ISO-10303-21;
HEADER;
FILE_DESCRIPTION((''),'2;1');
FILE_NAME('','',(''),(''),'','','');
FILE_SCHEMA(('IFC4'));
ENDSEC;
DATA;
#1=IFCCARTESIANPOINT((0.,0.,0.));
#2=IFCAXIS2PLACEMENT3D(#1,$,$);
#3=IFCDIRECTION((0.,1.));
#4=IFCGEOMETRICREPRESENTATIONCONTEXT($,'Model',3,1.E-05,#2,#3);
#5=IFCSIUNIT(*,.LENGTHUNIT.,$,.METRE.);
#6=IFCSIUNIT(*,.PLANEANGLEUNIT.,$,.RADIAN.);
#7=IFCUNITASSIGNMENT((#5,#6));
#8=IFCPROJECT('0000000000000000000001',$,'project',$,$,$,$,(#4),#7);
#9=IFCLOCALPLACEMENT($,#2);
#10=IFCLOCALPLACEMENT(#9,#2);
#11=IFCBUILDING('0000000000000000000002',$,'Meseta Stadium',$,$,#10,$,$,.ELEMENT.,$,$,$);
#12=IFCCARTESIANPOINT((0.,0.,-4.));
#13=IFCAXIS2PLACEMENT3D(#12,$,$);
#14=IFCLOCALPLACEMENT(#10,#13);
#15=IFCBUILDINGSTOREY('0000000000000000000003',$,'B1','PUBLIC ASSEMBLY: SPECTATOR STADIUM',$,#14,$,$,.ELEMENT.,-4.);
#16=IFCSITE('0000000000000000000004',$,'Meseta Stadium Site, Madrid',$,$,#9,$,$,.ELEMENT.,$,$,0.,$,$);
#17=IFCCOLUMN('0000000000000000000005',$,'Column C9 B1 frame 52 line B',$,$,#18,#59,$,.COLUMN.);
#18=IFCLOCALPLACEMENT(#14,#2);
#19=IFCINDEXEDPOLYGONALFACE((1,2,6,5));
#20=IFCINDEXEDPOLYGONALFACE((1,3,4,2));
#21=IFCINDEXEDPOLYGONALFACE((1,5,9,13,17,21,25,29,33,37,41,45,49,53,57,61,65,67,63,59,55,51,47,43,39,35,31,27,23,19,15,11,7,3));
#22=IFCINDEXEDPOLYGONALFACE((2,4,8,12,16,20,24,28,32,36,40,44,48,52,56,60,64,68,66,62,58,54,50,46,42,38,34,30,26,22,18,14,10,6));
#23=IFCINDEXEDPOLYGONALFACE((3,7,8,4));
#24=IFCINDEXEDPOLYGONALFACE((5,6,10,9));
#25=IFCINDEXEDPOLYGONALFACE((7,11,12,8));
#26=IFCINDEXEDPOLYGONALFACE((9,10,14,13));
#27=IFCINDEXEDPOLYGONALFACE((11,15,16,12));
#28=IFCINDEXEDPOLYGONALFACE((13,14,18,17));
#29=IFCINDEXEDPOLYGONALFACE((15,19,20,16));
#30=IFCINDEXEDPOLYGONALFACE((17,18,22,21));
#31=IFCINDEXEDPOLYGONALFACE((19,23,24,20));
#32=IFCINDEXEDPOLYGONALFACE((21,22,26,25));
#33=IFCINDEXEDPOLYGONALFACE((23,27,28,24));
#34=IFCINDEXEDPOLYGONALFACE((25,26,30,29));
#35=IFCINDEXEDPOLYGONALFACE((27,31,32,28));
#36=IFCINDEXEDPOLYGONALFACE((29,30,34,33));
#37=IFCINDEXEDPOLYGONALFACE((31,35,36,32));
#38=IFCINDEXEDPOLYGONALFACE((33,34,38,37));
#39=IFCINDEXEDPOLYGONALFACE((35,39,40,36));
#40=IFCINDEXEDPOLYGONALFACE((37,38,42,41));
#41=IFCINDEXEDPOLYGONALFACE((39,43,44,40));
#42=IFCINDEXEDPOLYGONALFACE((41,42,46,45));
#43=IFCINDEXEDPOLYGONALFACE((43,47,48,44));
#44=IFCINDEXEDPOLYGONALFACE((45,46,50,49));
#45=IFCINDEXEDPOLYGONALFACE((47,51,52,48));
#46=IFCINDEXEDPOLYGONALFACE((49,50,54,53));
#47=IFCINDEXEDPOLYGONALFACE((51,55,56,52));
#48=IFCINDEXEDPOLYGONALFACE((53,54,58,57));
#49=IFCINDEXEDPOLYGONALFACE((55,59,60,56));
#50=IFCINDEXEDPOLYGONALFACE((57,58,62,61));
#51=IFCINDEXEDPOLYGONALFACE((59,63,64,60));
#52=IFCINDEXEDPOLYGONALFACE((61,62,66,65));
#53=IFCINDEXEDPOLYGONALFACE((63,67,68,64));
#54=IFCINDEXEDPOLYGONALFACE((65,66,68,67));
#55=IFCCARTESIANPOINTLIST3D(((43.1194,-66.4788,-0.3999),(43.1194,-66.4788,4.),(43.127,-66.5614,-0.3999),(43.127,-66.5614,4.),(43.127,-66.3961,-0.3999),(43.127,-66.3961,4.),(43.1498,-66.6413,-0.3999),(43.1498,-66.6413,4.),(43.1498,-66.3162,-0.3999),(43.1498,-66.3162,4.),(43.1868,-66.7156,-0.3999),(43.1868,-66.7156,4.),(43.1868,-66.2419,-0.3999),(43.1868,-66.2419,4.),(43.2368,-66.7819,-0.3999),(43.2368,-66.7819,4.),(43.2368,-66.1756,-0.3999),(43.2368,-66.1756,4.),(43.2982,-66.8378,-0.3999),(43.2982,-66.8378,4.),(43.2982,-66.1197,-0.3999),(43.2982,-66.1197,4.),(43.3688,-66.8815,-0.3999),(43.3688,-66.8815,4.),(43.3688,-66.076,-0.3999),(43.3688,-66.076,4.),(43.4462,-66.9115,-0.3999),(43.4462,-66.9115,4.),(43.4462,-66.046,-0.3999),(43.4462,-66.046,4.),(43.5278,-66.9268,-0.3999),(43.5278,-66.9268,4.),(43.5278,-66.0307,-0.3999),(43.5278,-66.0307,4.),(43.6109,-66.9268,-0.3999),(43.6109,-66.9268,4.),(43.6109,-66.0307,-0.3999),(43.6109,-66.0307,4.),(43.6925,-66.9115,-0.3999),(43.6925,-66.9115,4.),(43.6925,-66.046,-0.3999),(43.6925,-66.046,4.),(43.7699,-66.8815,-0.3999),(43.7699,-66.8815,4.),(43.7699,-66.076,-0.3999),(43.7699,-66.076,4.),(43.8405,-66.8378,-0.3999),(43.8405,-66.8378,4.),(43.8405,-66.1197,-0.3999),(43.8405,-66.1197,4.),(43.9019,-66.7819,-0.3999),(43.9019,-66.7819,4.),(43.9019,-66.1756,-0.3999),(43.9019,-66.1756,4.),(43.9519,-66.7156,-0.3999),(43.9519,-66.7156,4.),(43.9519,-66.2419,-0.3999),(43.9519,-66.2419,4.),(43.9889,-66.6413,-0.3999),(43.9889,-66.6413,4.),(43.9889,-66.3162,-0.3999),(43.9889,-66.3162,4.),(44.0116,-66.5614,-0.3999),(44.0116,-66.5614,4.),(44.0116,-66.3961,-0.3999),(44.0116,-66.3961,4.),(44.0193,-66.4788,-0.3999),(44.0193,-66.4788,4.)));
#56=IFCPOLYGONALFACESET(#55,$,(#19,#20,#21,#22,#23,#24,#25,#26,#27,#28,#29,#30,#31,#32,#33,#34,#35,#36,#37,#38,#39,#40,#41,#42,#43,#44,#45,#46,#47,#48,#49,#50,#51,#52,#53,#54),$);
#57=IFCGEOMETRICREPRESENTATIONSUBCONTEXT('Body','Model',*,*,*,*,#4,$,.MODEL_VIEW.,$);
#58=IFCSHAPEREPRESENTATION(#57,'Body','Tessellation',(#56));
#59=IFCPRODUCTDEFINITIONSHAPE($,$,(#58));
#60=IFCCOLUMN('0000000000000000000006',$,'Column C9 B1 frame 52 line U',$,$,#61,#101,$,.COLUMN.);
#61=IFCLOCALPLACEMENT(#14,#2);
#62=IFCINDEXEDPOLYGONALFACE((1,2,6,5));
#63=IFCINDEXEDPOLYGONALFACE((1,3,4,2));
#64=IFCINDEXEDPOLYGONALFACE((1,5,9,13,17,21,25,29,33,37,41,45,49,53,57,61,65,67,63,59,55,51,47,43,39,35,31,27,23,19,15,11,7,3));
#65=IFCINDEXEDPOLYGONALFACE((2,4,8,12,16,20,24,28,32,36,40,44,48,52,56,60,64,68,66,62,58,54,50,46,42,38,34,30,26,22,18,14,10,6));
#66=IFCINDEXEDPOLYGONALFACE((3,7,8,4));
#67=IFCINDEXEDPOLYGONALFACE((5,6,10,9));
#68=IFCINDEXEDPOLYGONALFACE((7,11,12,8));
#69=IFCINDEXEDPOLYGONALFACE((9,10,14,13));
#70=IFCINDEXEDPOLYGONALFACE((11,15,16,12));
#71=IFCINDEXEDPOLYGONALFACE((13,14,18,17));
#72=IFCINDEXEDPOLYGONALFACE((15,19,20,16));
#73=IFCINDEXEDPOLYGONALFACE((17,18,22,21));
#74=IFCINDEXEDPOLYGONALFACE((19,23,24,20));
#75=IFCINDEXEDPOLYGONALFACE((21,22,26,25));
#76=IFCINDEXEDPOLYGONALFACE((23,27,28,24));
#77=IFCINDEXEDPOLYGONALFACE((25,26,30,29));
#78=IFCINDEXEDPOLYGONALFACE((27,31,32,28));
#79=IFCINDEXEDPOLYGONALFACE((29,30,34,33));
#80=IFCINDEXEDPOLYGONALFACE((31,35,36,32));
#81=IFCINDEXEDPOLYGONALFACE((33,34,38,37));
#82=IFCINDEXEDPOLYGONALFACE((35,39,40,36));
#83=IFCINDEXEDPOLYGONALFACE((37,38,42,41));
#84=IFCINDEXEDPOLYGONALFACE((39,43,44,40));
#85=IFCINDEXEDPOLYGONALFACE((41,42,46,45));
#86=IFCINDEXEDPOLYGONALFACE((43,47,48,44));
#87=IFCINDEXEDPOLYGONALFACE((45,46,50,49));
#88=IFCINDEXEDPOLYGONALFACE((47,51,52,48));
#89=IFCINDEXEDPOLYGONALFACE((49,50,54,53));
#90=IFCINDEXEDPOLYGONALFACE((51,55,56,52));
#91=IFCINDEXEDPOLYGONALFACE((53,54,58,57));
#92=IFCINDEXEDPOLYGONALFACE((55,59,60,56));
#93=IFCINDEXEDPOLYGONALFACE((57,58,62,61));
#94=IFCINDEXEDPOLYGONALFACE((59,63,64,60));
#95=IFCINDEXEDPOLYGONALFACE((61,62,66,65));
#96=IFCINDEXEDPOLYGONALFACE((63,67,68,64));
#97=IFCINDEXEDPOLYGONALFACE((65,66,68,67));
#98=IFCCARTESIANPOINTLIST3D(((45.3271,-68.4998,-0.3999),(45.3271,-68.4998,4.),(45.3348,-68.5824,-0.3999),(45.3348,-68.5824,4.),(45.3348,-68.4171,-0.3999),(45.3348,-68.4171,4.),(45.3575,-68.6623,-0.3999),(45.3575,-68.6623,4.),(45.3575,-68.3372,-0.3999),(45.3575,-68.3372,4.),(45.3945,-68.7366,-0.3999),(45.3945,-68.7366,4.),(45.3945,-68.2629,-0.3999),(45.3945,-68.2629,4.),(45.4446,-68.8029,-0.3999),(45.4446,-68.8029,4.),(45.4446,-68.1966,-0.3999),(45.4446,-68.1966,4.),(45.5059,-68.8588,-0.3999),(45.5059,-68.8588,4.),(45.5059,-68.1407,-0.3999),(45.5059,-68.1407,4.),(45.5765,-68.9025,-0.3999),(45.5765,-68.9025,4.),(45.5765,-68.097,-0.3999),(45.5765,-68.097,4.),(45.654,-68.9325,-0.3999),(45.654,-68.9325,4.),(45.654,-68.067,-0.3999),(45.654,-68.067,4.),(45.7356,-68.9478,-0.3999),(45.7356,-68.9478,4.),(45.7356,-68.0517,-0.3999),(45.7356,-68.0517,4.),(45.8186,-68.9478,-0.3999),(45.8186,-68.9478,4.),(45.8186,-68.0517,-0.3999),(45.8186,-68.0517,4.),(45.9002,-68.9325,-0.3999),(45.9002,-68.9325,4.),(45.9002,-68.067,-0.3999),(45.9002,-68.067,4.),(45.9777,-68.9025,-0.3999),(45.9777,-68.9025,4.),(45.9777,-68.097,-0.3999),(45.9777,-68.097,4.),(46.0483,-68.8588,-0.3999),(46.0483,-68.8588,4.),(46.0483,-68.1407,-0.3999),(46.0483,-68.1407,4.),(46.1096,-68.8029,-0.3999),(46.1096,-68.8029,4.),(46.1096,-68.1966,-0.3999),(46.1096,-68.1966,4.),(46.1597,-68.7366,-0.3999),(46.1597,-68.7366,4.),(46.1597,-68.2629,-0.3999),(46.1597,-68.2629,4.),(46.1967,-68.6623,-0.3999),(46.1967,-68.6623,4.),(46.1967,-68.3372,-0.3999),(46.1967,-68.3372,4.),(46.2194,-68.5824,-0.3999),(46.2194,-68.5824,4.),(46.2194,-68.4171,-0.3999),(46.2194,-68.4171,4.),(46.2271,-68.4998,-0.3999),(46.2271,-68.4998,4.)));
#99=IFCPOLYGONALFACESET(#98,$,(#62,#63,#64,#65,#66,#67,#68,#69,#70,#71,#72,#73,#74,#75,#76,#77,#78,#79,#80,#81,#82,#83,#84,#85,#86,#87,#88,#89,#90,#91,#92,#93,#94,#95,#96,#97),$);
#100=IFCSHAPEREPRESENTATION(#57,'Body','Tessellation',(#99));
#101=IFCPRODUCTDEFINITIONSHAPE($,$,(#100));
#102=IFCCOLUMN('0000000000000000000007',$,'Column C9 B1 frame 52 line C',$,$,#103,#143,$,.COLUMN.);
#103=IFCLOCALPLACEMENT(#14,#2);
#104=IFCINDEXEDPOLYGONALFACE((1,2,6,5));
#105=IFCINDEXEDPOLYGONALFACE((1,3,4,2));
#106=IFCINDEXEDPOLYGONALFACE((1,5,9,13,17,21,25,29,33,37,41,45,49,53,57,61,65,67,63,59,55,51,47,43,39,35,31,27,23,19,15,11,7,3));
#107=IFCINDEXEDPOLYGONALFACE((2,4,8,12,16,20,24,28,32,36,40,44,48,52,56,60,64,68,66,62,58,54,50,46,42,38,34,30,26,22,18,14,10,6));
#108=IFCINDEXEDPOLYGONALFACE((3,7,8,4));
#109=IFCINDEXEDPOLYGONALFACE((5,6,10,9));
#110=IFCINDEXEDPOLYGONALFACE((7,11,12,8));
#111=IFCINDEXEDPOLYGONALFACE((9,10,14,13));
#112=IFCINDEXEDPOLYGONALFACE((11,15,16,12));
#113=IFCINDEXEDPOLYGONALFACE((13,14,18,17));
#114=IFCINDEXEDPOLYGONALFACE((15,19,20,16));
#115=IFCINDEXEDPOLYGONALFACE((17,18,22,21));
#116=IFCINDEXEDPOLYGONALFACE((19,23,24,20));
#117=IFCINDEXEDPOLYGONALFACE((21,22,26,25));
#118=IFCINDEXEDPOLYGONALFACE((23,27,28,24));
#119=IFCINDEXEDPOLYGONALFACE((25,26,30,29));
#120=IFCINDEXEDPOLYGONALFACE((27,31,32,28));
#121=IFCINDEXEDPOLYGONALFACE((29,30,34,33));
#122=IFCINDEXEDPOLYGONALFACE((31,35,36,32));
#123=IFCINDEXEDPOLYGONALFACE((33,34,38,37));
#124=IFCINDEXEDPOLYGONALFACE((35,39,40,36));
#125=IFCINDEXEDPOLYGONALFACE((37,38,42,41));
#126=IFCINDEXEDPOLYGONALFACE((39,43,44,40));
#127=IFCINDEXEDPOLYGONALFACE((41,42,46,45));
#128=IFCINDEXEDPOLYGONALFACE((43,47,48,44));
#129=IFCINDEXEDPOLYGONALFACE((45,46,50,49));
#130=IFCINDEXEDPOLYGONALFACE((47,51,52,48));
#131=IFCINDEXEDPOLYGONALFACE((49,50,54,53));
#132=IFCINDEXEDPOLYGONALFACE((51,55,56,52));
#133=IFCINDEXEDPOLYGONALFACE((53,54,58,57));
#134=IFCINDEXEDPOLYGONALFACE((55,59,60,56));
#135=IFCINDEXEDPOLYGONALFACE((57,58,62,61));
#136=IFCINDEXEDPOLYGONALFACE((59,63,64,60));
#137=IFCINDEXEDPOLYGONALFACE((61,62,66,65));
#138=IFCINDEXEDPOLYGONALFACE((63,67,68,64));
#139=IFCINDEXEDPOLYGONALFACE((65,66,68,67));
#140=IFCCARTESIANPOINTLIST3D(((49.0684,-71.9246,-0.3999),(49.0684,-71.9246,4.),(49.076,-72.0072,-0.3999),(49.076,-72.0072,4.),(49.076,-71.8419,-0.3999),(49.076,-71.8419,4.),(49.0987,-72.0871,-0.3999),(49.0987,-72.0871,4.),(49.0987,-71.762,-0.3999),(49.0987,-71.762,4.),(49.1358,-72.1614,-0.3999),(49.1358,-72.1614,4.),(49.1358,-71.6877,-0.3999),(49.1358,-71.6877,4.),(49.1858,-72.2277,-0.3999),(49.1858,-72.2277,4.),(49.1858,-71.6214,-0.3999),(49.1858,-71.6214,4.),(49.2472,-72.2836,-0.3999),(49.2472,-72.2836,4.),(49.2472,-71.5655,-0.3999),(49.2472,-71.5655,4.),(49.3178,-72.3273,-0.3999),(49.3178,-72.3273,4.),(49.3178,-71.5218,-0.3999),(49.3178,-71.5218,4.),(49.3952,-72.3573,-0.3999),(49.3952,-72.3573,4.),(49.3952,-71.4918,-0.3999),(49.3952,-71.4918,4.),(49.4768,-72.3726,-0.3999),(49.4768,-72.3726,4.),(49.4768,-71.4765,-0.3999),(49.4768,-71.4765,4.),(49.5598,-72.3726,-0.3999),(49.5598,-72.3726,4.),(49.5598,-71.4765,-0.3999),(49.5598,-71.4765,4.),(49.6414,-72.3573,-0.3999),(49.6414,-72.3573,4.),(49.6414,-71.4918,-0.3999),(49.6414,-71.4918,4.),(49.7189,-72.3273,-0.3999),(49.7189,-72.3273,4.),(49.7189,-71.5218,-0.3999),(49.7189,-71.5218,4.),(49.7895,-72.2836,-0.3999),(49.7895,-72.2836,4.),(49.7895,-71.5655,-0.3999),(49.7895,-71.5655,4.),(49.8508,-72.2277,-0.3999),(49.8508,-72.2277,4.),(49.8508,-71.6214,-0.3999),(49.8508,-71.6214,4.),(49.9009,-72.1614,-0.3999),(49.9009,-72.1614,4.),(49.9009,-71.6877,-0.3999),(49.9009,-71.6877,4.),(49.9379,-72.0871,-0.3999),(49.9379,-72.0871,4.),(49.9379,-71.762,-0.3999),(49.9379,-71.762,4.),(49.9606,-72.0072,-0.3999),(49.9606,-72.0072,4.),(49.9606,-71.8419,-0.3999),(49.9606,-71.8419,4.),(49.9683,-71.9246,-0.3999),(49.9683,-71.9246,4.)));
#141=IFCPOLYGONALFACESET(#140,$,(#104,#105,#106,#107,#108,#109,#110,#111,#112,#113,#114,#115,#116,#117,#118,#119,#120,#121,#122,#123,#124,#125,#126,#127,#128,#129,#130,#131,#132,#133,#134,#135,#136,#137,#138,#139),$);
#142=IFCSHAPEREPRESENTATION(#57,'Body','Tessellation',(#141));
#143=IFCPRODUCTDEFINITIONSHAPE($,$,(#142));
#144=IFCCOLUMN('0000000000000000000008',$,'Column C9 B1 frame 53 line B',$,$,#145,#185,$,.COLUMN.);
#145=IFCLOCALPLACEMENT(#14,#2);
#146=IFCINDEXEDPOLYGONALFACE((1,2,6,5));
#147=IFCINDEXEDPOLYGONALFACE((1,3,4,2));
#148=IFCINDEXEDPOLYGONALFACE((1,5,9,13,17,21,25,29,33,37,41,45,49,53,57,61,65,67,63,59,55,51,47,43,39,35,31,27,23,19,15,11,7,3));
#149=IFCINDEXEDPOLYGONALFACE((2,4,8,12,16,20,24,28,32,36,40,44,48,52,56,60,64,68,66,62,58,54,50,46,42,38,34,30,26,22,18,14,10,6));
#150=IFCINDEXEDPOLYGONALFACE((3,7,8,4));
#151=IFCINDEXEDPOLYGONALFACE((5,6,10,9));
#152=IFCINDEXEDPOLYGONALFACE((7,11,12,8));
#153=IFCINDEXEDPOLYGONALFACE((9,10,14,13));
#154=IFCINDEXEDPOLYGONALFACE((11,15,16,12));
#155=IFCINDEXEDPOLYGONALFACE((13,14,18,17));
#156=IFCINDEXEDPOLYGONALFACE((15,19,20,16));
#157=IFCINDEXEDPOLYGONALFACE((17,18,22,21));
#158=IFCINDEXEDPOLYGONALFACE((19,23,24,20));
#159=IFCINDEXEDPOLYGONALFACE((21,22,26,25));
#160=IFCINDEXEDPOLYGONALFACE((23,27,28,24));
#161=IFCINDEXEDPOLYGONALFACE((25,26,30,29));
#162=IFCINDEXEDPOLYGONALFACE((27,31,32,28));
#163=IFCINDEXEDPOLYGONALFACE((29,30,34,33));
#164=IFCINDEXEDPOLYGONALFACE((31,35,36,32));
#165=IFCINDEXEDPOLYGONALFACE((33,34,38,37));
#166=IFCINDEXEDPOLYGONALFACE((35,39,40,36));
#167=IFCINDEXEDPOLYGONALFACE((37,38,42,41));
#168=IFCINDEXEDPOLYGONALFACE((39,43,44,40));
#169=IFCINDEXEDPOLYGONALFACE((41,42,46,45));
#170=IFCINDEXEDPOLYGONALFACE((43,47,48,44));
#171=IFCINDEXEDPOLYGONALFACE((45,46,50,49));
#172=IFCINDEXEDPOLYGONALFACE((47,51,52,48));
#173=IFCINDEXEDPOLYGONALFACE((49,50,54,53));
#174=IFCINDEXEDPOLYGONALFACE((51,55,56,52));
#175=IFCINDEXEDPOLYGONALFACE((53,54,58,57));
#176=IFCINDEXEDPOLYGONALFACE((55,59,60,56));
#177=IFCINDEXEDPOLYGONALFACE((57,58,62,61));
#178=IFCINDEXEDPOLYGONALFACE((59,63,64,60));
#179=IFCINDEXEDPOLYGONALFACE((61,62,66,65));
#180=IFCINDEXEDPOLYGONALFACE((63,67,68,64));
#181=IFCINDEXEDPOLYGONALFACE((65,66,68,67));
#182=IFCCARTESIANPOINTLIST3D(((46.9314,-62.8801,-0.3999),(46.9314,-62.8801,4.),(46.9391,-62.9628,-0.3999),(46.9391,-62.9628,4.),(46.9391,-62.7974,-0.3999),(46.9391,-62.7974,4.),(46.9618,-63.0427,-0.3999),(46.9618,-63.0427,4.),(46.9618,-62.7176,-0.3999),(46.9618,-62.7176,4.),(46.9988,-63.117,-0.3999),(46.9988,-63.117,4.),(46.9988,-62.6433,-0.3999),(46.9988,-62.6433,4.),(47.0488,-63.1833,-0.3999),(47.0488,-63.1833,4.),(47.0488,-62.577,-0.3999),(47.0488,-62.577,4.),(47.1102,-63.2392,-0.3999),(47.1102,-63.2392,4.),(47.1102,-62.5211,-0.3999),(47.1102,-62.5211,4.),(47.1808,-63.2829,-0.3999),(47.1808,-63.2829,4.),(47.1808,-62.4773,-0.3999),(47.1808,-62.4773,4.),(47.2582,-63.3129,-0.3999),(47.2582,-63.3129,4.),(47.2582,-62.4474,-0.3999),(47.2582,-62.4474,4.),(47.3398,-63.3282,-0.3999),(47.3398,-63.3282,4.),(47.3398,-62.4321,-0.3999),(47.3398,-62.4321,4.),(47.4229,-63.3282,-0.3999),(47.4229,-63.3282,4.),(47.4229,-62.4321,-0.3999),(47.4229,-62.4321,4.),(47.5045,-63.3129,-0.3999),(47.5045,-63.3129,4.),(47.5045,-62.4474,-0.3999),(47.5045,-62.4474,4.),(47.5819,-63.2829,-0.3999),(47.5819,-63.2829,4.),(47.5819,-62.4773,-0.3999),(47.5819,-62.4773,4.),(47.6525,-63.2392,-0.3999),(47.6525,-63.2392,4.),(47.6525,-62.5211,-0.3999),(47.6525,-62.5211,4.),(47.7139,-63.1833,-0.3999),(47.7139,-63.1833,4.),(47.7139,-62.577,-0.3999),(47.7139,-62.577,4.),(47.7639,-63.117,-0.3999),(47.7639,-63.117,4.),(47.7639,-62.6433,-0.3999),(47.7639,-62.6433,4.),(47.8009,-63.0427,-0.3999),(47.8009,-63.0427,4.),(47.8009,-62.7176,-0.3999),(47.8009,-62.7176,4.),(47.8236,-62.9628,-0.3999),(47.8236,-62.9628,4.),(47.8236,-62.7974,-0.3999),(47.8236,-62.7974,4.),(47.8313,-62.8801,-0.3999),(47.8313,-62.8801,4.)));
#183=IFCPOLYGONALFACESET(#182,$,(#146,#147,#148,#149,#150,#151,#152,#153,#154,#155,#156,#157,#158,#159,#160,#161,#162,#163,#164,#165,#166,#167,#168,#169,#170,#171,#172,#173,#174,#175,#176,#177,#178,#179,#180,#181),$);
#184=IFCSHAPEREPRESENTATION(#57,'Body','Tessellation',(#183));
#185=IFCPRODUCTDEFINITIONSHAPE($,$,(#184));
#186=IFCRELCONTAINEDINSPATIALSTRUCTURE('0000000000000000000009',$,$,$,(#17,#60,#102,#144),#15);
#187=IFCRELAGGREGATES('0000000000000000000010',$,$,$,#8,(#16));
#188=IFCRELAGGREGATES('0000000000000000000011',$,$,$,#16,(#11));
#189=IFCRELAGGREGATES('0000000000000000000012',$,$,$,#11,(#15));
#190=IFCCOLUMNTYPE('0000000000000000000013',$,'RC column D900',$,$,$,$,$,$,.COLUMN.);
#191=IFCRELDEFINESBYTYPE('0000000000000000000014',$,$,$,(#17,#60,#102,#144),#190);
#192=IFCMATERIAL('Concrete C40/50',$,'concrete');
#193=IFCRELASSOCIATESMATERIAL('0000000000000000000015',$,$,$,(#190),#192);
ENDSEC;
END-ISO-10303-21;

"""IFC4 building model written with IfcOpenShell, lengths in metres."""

from ifc_helpers import new_model, si_unit, direction, frame, origin, origin_2d, place, context, subcontext, project, spatial, circle, extrude, material, material_profile, profile_set, type_object, element, save


model = new_model("IFC4")

# Units and contexts
model_context = context("Model", 3, precision=1e-05, world=origin(), true_north=direction((0.0, 1.0)))
body_context = subcontext(model_context, "Body", "Model", "MODEL_VIEW")
ifc_project = project(units=[si_unit("LENGTHUNIT", "METRE"), si_unit("PLANEANGLEUNIT", "RADIAN")], contexts=[model_context])

# Site, building, storey
site_placement = place(None, origin())
site = spatial("IfcSite", under=ifc_project, at=site_placement, Name="Meseta Stadium Site, Madrid", CompositionType="ELEMENT", RefElevation=0.0)
building_placement = place(site_placement, origin())
building = spatial("IfcBuilding", under=site, at=building_placement, Name="Meseta Stadium", CompositionType="ELEMENT")
storey_placement = place(building_placement, frame((0.0, 0.0, -4.0)))
storey = spatial("IfcBuildingStorey", under=building, at=storey_placement, Name="B1", Description="PUBLIC ASSEMBLY: SPECTATOR STADIUM", CompositionType="ELEMENT", Elevation=-4.0)

# Columns
ifc_material_1 = material(Name="Concrete C40/50", Category="concrete")
ifc_material_profile_1 = material_profile(ifc_material_1, circle(Radius=0.45, at=origin_2d()), Name="RC D900")
ifc_profile_set_1 = profile_set([ifc_material_profile_1], Name="Concrete C40/50")
column_type_1 = type_object("IfcColumnType", Name="RC column D900", PredefinedType="COLUMN", material=ifc_profile_set_1)
for number, where, z_axis, x_axis, name in (
    (1, (43.5693, -66.4788, -0.3999), (0.0, 0.0, 1.0), (1.0, 0.0, 0.0), "Column C9 B1 frame 52 line B"),
    (2, (45.7771, -68.4998, -0.3999), (0.0, 0.0, 1.0), (1.0, 0.0, 0.0), "Column C9 B1 frame 52 line U"),
    (3, (49.5183, -71.9246, -0.3999), (0.0, 0.0, 1.0), (1.0, 0.0, 0.0), "Column C9 B1 frame 52 line C"),
    (4, (47.3813, -62.8801, -0.3999), (0.0, 0.0, 1.0), (1.0, 0.0, 0.0), "Column C9 B1 frame 53 line B"),
):
    element("IfcColumn", number, at=place(storey_placement, frame(where, z_axis=z_axis, x_axis=x_axis)), inside=storey, type_object=column_type_1, Name=name, PredefinedType="COLUMN", context=body_context, shape_type="SweptSolid", body=[
        extrude(circle(Radius=0.45, at=origin_2d()), origin(), (0.0, 0.0, 1.0), 4.3999),
    ])

save(model, "model.ifc")
